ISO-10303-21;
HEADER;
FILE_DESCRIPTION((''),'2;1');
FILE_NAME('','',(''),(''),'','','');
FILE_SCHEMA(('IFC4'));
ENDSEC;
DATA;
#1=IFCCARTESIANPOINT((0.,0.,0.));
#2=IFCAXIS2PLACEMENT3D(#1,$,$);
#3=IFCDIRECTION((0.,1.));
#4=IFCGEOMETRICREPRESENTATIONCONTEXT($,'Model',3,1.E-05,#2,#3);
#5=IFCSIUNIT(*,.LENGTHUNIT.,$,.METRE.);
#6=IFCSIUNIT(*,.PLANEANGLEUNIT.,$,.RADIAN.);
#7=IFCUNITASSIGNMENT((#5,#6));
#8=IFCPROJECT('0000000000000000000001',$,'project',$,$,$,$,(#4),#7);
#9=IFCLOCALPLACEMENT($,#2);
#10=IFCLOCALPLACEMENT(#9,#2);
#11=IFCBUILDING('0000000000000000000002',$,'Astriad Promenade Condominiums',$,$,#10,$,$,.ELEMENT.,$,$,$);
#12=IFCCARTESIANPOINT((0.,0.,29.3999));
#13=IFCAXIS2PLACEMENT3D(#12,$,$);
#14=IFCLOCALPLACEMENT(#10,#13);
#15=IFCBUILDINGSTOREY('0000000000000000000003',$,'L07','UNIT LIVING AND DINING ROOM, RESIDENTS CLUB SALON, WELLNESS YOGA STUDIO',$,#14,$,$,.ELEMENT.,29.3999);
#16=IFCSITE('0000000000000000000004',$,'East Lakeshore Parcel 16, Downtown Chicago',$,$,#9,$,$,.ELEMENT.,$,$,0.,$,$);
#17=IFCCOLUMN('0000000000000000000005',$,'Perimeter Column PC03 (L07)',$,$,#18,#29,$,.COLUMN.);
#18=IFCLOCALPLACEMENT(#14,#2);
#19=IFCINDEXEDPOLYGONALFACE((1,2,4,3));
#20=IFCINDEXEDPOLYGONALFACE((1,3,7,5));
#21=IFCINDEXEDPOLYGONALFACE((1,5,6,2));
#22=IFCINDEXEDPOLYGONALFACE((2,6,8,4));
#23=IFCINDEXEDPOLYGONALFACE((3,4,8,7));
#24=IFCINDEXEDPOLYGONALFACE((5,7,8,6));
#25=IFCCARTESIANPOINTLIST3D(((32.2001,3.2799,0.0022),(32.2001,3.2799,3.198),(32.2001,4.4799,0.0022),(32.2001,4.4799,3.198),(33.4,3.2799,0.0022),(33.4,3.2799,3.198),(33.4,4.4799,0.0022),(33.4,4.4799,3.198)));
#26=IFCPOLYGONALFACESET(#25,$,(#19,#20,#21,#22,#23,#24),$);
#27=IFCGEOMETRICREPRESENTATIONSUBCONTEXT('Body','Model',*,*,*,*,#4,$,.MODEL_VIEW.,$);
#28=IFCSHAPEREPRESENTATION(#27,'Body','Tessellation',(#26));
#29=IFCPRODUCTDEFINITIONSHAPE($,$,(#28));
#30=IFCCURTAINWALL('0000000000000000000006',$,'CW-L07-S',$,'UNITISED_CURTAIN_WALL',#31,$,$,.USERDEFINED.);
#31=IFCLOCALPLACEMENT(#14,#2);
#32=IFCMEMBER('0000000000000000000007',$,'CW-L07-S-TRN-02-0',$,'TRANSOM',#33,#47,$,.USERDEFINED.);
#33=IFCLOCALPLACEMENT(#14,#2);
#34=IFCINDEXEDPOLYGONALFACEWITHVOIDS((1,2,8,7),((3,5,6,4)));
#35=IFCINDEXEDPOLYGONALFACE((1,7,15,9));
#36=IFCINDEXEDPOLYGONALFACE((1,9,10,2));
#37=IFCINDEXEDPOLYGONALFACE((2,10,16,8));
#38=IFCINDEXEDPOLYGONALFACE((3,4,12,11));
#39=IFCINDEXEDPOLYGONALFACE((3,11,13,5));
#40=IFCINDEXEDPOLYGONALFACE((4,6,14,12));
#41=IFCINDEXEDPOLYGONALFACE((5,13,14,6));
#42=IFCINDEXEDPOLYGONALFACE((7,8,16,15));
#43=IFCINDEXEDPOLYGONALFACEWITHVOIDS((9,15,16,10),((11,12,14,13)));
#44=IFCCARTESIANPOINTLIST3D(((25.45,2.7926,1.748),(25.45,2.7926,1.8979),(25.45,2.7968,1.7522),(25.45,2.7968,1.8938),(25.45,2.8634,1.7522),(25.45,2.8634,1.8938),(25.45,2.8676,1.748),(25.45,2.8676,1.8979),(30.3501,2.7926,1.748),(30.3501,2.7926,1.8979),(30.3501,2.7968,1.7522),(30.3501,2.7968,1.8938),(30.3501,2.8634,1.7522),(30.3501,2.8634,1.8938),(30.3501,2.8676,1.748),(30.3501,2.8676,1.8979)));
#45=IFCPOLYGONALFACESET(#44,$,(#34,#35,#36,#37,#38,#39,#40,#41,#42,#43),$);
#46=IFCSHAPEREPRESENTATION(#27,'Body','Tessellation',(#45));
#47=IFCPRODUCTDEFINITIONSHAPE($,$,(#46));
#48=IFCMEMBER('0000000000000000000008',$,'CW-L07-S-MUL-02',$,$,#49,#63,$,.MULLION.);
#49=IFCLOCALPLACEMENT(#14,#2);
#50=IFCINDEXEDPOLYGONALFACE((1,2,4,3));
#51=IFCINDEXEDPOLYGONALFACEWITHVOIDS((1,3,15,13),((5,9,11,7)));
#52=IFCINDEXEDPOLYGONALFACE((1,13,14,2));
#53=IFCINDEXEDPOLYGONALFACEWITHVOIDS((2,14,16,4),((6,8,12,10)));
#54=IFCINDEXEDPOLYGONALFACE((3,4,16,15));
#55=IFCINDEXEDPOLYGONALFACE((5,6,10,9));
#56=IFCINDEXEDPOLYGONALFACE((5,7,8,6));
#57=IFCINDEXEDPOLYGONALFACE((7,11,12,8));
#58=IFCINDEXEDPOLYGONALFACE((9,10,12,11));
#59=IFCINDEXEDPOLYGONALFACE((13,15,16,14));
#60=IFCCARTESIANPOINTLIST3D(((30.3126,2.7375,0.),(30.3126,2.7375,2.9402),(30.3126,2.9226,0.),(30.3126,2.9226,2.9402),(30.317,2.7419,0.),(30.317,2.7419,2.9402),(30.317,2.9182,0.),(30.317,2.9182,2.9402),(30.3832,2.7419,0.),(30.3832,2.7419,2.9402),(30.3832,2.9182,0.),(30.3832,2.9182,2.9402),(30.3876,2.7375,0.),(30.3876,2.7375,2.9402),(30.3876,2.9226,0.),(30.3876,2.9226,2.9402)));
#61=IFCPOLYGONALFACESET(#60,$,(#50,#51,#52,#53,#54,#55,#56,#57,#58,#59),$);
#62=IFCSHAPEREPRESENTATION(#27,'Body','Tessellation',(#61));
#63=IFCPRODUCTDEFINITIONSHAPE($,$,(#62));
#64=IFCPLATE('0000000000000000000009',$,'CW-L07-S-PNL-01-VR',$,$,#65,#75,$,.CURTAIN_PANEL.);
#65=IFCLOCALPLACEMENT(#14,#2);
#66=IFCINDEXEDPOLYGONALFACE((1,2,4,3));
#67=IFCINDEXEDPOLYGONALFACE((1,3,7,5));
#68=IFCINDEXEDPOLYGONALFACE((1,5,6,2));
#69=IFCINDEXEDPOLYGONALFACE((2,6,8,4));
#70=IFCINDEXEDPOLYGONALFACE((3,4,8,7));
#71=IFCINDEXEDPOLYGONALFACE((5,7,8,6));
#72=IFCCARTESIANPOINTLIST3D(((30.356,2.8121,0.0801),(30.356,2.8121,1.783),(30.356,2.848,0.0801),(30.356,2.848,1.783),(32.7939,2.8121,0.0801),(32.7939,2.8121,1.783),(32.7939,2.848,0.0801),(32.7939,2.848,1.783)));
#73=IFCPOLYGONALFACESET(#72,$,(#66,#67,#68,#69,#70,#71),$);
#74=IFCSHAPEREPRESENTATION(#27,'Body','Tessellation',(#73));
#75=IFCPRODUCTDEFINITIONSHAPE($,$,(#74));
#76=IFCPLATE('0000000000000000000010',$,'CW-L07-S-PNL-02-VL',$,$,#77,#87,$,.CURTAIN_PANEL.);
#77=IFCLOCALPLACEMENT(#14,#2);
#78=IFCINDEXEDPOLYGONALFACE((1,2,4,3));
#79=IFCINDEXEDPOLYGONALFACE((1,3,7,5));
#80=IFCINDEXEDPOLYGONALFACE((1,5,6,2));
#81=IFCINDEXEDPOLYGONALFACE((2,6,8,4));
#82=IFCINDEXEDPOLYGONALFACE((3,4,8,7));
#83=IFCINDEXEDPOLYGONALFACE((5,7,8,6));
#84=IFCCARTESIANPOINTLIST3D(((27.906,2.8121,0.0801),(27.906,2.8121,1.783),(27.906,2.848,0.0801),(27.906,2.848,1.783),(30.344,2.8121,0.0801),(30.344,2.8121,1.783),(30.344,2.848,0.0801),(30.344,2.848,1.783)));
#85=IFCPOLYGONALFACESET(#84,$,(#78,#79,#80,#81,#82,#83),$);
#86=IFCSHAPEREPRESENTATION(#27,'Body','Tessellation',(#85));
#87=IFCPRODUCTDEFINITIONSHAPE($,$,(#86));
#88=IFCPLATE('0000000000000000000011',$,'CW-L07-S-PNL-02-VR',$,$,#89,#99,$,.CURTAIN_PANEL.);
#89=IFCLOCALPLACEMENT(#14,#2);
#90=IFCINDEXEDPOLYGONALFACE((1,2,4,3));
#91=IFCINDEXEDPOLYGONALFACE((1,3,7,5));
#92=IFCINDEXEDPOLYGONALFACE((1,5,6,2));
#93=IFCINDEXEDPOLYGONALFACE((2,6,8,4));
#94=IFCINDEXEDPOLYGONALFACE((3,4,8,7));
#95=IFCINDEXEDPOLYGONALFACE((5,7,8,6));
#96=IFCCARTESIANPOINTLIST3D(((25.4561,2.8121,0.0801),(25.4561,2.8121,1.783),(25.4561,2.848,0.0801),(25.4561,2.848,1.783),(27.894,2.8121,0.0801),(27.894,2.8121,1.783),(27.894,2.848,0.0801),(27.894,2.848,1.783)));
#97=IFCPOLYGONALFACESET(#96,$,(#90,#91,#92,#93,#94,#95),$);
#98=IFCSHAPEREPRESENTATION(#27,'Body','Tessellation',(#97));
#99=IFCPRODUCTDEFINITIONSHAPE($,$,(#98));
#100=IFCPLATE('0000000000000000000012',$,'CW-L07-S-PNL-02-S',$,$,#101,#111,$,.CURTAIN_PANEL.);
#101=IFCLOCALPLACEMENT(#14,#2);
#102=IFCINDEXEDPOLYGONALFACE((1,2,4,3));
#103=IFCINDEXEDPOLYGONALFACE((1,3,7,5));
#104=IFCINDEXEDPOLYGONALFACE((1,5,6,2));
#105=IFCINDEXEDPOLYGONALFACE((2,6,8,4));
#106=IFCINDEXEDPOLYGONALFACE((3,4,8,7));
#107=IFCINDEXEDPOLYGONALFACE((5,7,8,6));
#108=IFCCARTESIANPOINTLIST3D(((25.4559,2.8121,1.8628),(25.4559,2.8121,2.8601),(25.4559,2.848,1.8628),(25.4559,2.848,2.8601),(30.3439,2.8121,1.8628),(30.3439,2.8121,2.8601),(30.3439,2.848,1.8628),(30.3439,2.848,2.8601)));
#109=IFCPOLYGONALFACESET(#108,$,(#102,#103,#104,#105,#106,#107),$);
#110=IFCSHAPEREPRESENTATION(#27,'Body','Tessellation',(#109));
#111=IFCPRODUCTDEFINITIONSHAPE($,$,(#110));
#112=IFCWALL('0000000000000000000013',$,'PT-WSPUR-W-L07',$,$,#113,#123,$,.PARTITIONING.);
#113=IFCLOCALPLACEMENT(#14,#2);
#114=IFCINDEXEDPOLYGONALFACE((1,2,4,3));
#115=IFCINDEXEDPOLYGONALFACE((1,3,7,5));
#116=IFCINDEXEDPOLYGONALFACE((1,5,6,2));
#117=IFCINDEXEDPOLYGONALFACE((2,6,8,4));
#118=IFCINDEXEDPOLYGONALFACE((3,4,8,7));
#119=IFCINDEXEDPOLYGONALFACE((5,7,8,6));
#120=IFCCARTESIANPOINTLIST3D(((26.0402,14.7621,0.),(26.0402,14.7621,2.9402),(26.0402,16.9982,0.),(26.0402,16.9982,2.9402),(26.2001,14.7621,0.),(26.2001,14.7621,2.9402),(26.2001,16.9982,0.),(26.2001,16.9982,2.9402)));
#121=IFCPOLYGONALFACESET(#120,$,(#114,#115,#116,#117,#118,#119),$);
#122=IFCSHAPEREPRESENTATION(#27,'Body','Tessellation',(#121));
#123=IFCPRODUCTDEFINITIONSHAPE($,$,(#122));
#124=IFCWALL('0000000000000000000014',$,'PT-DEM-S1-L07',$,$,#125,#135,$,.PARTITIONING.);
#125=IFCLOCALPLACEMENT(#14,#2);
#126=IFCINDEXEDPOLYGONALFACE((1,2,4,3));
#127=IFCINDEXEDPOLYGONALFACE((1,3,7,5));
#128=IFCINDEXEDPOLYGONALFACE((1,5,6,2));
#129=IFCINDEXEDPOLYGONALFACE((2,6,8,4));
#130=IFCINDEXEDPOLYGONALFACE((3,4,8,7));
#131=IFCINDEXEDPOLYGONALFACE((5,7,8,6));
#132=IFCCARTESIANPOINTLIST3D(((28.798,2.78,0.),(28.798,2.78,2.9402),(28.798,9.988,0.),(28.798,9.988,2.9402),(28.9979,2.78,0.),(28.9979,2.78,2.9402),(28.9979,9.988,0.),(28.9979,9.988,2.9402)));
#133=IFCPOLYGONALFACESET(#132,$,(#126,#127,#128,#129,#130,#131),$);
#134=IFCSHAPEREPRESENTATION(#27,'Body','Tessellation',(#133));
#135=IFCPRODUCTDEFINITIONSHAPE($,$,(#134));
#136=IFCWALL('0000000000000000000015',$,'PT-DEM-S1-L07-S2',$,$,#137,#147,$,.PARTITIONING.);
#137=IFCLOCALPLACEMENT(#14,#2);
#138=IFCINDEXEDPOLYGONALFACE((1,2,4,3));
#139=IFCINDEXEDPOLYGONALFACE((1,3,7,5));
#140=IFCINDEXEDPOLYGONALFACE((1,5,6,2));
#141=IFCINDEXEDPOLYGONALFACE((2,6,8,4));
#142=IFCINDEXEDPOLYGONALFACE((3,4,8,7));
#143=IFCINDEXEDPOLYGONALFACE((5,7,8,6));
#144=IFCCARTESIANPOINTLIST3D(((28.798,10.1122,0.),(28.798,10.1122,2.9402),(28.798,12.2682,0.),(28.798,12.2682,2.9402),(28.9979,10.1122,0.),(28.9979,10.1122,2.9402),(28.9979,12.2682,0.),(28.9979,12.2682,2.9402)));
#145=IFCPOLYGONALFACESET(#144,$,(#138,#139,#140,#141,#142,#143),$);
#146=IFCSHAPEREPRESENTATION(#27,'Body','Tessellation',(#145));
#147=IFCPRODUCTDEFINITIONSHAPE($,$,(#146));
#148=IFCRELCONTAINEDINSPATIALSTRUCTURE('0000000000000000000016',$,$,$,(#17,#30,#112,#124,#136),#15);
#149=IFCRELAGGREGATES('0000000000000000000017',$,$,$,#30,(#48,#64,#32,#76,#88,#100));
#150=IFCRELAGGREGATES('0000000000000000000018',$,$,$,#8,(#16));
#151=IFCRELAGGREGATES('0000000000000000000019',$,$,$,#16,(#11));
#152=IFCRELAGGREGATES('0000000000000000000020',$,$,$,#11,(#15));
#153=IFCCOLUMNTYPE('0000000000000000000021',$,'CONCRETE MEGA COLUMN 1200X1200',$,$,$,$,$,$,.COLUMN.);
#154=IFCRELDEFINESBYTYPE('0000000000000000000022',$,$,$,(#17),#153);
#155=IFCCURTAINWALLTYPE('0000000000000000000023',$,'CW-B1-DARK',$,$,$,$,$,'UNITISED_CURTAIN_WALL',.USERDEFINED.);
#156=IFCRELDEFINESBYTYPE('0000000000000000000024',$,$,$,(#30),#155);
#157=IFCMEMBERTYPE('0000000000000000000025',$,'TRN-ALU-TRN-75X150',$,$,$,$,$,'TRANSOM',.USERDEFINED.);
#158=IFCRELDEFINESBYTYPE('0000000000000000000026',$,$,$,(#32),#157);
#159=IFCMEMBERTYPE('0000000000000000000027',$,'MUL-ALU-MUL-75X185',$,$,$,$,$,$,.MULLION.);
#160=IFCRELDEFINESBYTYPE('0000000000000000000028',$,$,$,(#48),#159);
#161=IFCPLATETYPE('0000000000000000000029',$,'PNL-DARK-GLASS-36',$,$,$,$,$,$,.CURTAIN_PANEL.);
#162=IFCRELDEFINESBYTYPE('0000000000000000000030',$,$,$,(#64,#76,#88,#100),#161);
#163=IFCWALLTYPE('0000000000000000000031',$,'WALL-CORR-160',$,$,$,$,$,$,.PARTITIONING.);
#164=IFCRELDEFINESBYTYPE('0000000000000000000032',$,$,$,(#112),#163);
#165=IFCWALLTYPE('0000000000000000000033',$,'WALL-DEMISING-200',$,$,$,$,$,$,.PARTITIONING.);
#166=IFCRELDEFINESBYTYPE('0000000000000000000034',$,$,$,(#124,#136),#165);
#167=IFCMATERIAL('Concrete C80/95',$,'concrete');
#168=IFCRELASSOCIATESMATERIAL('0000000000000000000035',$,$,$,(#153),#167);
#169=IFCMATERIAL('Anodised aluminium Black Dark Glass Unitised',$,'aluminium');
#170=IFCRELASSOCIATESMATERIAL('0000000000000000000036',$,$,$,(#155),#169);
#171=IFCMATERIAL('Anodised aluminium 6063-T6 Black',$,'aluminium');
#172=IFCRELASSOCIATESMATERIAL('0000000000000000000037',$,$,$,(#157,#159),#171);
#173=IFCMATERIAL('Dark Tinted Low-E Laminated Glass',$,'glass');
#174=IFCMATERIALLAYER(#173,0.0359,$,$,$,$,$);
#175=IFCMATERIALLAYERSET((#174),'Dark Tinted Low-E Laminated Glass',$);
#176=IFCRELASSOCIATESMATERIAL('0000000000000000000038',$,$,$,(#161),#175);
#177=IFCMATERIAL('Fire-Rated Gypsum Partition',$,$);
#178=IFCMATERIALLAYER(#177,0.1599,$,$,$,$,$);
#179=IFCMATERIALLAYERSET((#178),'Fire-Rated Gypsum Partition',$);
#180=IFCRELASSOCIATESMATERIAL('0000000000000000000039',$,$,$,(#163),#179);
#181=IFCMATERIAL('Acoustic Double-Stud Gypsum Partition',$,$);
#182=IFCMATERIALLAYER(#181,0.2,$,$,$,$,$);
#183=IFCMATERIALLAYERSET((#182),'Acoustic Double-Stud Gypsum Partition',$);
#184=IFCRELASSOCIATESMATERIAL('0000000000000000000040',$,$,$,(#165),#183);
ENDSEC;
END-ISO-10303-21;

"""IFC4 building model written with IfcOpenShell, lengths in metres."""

from ifc_helpers import new_model, si_unit, direction, frame, frame_2d, origin, origin_2d, place, context, subcontext, project, spatial, rectangle, hollow_rectangle, extrude, source, transform, mapped, material, layer, layer_set, material_profile, profile_set, type_object, type_shapes, element, aggregate, save


model = new_model("IFC4")

# Units and contexts
model_context = context("Model", 3, precision=1e-05, world=origin(), true_north=direction((0.0, 1.0)))
body_context = subcontext(model_context, "Body", "Model", "MODEL_VIEW")
ifc_project = project(units=[si_unit("LENGTHUNIT", "METRE"), si_unit("PLANEANGLEUNIT", "RADIAN")], contexts=[model_context])

# Site, building, storey
site_placement = place(None, origin())
site = spatial("IfcSite", under=ifc_project, at=site_placement, Name="East Lakeshore Parcel 16, Downtown Chicago", CompositionType="ELEMENT", RefElevation=0.0)
building_placement = place(site_placement, origin())
building = spatial("IfcBuilding", under=site, at=building_placement, Name="Astriad Promenade Condominiums", CompositionType="ELEMENT")
storey_placement = place(building_placement, frame((0.0, 0.0, 29.3999)))
storey = spatial("IfcBuildingStorey", under=building, at=storey_placement, Name="L07", Description="UNIT LIVING AND DINING ROOM, RESIDENTS CLUB SALON, WELLNESS YOGA STUDIO", CompositionType="ELEMENT", Elevation=29.3999)

# Column
ifc_material_1 = material(Name="Concrete C80/95", Category="concrete")
ifc_material_profile_1 = material_profile(ifc_material_1, rectangle(XDim=1.2, YDim=1.2, at=origin_2d()), Name="RC-COL-1200X1200")
ifc_profile_set_1 = profile_set([ifc_material_profile_1], Name="Concrete C80/95")
column_type = type_object("IfcColumnType", Name="CONCRETE MEGA COLUMN 1200X1200", PredefinedType="COLUMN", material=ifc_profile_set_1)
shared_shape_1 = source(origin(), body_context, "Body", "SweptSolid", [
    extrude(rectangle(XDim=1.2, YDim=1.2, at=origin_2d()), origin(), (0.0, 0.0, 1.0), 3.1958),
])
type_shapes(column_type, [shared_shape_1])
column_placement = place(storey_placement, frame((32.8, 3.8799, 0.0022), z_axis=(0.0, 0.0, 1.0), x_axis=(1.0, 0.0, 0.0)))
element("IfcColumn", 1, at=column_placement, inside=storey, type_object=column_type, Name="Perimeter Column PC03 (L07)", PredefinedType="COLUMN", context=body_context, shape_type="MappedRepresentation", body=[
    mapped(shared_shape_1, transform((0.0, 0.0, 0.0), scale=1.0)),
])

# Curtain wall, members, plates
ifc_material_2 = material(Name="Anodised aluminium Black Dark Glass Unitised", Category="aluminium")
curtain_wall_type = type_object("IfcCurtainWallType", Name="CW-B1-DARK", ElementType="UNITISED_CURTAIN_WALL", PredefinedType="USERDEFINED", material=ifc_material_2)
curtain_wall_placement = place(storey_placement, origin())
curtain_wall = element("IfcCurtainWall", 2, at=curtain_wall_placement, inside=storey, type_object=curtain_wall_type, Name="CW-L07-S", ObjectType="UNITISED_CURTAIN_WALL", PredefinedType="USERDEFINED")
ifc_material_3 = material(Name="Anodised aluminium 6063-T6 Black", Category="aluminium")
ifc_material_profile_2 = material_profile(ifc_material_3, hollow_rectangle(XDim=0.075, YDim=0.1499, WallThickness=0.0042, at=origin_2d()), Name="ALU-TRN-75X150")
ifc_profile_set_2 = profile_set([ifc_material_profile_2], Name="Anodised aluminium 6063-T6 Black")
member_type_1 = type_object("IfcMemberType", Name="TRN-ALU-TRN-75X150", ElementType="TRANSOM", PredefinedType="USERDEFINED", material=ifc_profile_set_2)
shared_shape_2 = source(origin(), body_context, "Body", "SweptSolid", [
    extrude(hollow_rectangle(XDim=0.075, YDim=0.1499, WallThickness=0.0042, at=origin_2d()), origin(), (0.0, 0.0, 1.0), 4.9001),
])
type_shapes(member_type_1, [shared_shape_2])
member_1_placement = place(storey_placement, frame((30.3501, 2.8301, 1.823), z_axis=(-1.0, 0.0, 0.0), x_axis=(0.0, -1.0, 0.0)))
member_1 = element("IfcMember", 3, at=member_1_placement, type_object=member_type_1, Name="CW-L07-S-TRN-02-0", ObjectType="TRANSOM", PredefinedType="USERDEFINED", context=body_context, shape_type="MappedRepresentation", body=[
    mapped(shared_shape_2, transform((0.0, 0.0, 0.0), scale=1.0)),
])
ifc_material_profile_3 = material_profile(ifc_material_3, hollow_rectangle(XDim=0.075, YDim=0.1851, WallThickness=0.0044, at=origin_2d()), Name="ALU-MUL-75X185")
ifc_profile_set_3 = profile_set([ifc_material_profile_3], Name="Anodised aluminium 6063-T6 Black")
member_type_2 = type_object("IfcMemberType", Name="MUL-ALU-MUL-75X185", PredefinedType="MULLION", material=ifc_profile_set_3)
shared_shape_3 = source(origin(), body_context, "Body", "SweptSolid", [
    extrude(hollow_rectangle(XDim=0.075, YDim=0.1851, WallThickness=0.0044, at=origin_2d()), origin(), (0.0, 0.0, 1.0), 2.9402),
])
type_shapes(member_type_2, [shared_shape_3])
member_2_placement = place(storey_placement, frame((30.3501, 2.8301, 0.0), z_axis=(0.0, 0.0, 1.0), x_axis=(1.0, 0.0, 0.0)))
member_2 = element("IfcMember", 4, at=member_2_placement, type_object=member_type_2, Name="CW-L07-S-MUL-02", PredefinedType="MULLION", context=body_context, shape_type="MappedRepresentation", body=[
    mapped(shared_shape_3, transform((0.0, 0.0, 0.0), scale=1.0)),
])
ifc_material_4 = material(Name="Dark Tinted Low-E Laminated Glass", Category="glass")
ifc_layer_1 = layer(ifc_material_4, 0.0359)
ifc_layer_set_1 = layer_set([ifc_layer_1], Name="Dark Tinted Low-E Laminated Glass")
plate_type = type_object("IfcPlateType", Name="PNL-DARK-GLASS-36", PredefinedType="CURTAIN_PANEL", material=ifc_layer_set_1)
shared_shape_4 = source(origin(), body_context, "Body", "SweptSolid", [
    extrude(rectangle(XDim=2.438, YDim=0.0359, at=origin_2d()), origin(), (0.0, 0.0, 1.0), 1.7029),
])
plate_1_placement = place(storey_placement, frame((31.575, 2.8301, 0.0801), z_axis=(0.0, 0.0, 1.0), x_axis=(-1.0, 0.0, 0.0)))
plate_1 = element("IfcPlate", 5, at=plate_1_placement, type_object=plate_type, Name="CW-L07-S-PNL-01-VR", PredefinedType="CURTAIN_PANEL", context=body_context, shape_type="MappedRepresentation", body=[
    mapped(shared_shape_4, transform((0.0, 0.0, 0.0), scale=1.0)),
])
plate_2_placement = place(storey_placement, frame((29.125, 2.8301, 0.0801), z_axis=(0.0, 0.0, 1.0), x_axis=(-1.0, 0.0, 0.0)))
plate_2 = element("IfcPlate", 6, at=plate_2_placement, type_object=plate_type, Name="CW-L07-S-PNL-02-VL", PredefinedType="CURTAIN_PANEL", context=body_context, shape_type="MappedRepresentation", body=[
    mapped(shared_shape_4, transform((0.0, 0.0, 0.0), scale=1.0)),
])
plate_3_placement = place(storey_placement, frame((26.675, 2.8301, 0.0801), z_axis=(0.0, 0.0, 1.0), x_axis=(-1.0, 0.0, 0.0)))
plate_3 = element("IfcPlate", 7, at=plate_3_placement, type_object=plate_type, Name="CW-L07-S-PNL-02-VR", PredefinedType="CURTAIN_PANEL", context=body_context, shape_type="MappedRepresentation", body=[
    mapped(shared_shape_4, transform((0.0, 0.0, 0.0), scale=1.0)),
])
shared_shape_5 = source(origin(), body_context, "Body", "SweptSolid", [
    extrude(rectangle(XDim=4.8879, YDim=0.0359, at=origin_2d()), origin(), (0.0, 0.0, 1.0), 0.9973),
])
type_shapes(plate_type, [shared_shape_4, shared_shape_5])
plate_4_placement = place(storey_placement, frame((27.8999, 2.8301, 1.8628), z_axis=(0.0, 0.0, 1.0), x_axis=(-1.0, 0.0, 0.0)))
plate_4 = element("IfcPlate", 8, at=plate_4_placement, type_object=plate_type, Name="CW-L07-S-PNL-02-S", PredefinedType="CURTAIN_PANEL", context=body_context, shape_type="MappedRepresentation", body=[
    mapped(shared_shape_5, transform((0.0, 0.0, 0.0), scale=1.0)),
])
aggregate(curtain_wall, [member_2, plate_1, member_1, plate_2, plate_3, plate_4])

# Walls
ifc_material_5 = material(Name="Fire-Rated Gypsum Partition")
ifc_layer_2 = layer(ifc_material_5, 0.1599)
ifc_layer_set_2 = layer_set([ifc_layer_2], Name="Fire-Rated Gypsum Partition")
wall_type_1 = type_object("IfcWallType", Name="WALL-CORR-160", PredefinedType="PARTITIONING", material=ifc_layer_set_2)
wall_1_placement = place(storey_placement, frame((26.1201, 14.762, 0.0), z_axis=(0.0, 0.0, 1.0), x_axis=(0.0, 1.0, 0.0)))
element("IfcWall", 9, at=wall_1_placement, inside=storey, type_object=wall_type_1, Name="PT-WSPUR-W-L07", PredefinedType="PARTITIONING", context=body_context, shape_type="SweptSolid", body=[
    extrude(rectangle(XDim=2.2361, YDim=0.1599, at=frame_2d((1.1182, 0.0))), origin(), (0.0, 0.0, 1.0), 2.9402),
])
ifc_material_6 = material(Name="Acoustic Double-Stud Gypsum Partition")
ifc_layer_3 = layer(ifc_material_6, 0.2)
ifc_layer_set_3 = layer_set([ifc_layer_3], Name="Acoustic Double-Stud Gypsum Partition")
wall_type_2 = type_object("IfcWallType", Name="WALL-DEMISING-200", PredefinedType="PARTITIONING", material=ifc_layer_set_3)
wall_2_placement = place(storey_placement, frame((28.8979, 2.78, 0.0), z_axis=(0.0, 0.0, 1.0), x_axis=(0.0, 1.0, 0.0)))
element("IfcWall", 10, at=wall_2_placement, inside=storey, type_object=wall_type_2, Name="PT-DEM-S1-L07", PredefinedType="PARTITIONING", context=body_context, shape_type="SweptSolid", body=[
    extrude(rectangle(XDim=7.208, YDim=0.2, at=frame_2d((3.604, 0.0))), origin(), (0.0, 0.0, 1.0), 2.9402),
])
wall_3_placement = place(storey_placement, frame((28.8979, 10.1121, 0.0), z_axis=(0.0, 0.0, 1.0), x_axis=(0.0, 1.0, 0.0)))
element("IfcWall", 11, at=wall_3_placement, inside=storey, type_object=wall_type_2, Name="PT-DEM-S1-L07-S2", PredefinedType="PARTITIONING", context=body_context, shape_type="SweptSolid", body=[
    extrude(rectangle(XDim=2.156, YDim=0.2, at=frame_2d((1.0781, 0.0))), origin(), (0.0, 0.0, 1.0), 2.9402),
])

save(model, "model.ifc")
